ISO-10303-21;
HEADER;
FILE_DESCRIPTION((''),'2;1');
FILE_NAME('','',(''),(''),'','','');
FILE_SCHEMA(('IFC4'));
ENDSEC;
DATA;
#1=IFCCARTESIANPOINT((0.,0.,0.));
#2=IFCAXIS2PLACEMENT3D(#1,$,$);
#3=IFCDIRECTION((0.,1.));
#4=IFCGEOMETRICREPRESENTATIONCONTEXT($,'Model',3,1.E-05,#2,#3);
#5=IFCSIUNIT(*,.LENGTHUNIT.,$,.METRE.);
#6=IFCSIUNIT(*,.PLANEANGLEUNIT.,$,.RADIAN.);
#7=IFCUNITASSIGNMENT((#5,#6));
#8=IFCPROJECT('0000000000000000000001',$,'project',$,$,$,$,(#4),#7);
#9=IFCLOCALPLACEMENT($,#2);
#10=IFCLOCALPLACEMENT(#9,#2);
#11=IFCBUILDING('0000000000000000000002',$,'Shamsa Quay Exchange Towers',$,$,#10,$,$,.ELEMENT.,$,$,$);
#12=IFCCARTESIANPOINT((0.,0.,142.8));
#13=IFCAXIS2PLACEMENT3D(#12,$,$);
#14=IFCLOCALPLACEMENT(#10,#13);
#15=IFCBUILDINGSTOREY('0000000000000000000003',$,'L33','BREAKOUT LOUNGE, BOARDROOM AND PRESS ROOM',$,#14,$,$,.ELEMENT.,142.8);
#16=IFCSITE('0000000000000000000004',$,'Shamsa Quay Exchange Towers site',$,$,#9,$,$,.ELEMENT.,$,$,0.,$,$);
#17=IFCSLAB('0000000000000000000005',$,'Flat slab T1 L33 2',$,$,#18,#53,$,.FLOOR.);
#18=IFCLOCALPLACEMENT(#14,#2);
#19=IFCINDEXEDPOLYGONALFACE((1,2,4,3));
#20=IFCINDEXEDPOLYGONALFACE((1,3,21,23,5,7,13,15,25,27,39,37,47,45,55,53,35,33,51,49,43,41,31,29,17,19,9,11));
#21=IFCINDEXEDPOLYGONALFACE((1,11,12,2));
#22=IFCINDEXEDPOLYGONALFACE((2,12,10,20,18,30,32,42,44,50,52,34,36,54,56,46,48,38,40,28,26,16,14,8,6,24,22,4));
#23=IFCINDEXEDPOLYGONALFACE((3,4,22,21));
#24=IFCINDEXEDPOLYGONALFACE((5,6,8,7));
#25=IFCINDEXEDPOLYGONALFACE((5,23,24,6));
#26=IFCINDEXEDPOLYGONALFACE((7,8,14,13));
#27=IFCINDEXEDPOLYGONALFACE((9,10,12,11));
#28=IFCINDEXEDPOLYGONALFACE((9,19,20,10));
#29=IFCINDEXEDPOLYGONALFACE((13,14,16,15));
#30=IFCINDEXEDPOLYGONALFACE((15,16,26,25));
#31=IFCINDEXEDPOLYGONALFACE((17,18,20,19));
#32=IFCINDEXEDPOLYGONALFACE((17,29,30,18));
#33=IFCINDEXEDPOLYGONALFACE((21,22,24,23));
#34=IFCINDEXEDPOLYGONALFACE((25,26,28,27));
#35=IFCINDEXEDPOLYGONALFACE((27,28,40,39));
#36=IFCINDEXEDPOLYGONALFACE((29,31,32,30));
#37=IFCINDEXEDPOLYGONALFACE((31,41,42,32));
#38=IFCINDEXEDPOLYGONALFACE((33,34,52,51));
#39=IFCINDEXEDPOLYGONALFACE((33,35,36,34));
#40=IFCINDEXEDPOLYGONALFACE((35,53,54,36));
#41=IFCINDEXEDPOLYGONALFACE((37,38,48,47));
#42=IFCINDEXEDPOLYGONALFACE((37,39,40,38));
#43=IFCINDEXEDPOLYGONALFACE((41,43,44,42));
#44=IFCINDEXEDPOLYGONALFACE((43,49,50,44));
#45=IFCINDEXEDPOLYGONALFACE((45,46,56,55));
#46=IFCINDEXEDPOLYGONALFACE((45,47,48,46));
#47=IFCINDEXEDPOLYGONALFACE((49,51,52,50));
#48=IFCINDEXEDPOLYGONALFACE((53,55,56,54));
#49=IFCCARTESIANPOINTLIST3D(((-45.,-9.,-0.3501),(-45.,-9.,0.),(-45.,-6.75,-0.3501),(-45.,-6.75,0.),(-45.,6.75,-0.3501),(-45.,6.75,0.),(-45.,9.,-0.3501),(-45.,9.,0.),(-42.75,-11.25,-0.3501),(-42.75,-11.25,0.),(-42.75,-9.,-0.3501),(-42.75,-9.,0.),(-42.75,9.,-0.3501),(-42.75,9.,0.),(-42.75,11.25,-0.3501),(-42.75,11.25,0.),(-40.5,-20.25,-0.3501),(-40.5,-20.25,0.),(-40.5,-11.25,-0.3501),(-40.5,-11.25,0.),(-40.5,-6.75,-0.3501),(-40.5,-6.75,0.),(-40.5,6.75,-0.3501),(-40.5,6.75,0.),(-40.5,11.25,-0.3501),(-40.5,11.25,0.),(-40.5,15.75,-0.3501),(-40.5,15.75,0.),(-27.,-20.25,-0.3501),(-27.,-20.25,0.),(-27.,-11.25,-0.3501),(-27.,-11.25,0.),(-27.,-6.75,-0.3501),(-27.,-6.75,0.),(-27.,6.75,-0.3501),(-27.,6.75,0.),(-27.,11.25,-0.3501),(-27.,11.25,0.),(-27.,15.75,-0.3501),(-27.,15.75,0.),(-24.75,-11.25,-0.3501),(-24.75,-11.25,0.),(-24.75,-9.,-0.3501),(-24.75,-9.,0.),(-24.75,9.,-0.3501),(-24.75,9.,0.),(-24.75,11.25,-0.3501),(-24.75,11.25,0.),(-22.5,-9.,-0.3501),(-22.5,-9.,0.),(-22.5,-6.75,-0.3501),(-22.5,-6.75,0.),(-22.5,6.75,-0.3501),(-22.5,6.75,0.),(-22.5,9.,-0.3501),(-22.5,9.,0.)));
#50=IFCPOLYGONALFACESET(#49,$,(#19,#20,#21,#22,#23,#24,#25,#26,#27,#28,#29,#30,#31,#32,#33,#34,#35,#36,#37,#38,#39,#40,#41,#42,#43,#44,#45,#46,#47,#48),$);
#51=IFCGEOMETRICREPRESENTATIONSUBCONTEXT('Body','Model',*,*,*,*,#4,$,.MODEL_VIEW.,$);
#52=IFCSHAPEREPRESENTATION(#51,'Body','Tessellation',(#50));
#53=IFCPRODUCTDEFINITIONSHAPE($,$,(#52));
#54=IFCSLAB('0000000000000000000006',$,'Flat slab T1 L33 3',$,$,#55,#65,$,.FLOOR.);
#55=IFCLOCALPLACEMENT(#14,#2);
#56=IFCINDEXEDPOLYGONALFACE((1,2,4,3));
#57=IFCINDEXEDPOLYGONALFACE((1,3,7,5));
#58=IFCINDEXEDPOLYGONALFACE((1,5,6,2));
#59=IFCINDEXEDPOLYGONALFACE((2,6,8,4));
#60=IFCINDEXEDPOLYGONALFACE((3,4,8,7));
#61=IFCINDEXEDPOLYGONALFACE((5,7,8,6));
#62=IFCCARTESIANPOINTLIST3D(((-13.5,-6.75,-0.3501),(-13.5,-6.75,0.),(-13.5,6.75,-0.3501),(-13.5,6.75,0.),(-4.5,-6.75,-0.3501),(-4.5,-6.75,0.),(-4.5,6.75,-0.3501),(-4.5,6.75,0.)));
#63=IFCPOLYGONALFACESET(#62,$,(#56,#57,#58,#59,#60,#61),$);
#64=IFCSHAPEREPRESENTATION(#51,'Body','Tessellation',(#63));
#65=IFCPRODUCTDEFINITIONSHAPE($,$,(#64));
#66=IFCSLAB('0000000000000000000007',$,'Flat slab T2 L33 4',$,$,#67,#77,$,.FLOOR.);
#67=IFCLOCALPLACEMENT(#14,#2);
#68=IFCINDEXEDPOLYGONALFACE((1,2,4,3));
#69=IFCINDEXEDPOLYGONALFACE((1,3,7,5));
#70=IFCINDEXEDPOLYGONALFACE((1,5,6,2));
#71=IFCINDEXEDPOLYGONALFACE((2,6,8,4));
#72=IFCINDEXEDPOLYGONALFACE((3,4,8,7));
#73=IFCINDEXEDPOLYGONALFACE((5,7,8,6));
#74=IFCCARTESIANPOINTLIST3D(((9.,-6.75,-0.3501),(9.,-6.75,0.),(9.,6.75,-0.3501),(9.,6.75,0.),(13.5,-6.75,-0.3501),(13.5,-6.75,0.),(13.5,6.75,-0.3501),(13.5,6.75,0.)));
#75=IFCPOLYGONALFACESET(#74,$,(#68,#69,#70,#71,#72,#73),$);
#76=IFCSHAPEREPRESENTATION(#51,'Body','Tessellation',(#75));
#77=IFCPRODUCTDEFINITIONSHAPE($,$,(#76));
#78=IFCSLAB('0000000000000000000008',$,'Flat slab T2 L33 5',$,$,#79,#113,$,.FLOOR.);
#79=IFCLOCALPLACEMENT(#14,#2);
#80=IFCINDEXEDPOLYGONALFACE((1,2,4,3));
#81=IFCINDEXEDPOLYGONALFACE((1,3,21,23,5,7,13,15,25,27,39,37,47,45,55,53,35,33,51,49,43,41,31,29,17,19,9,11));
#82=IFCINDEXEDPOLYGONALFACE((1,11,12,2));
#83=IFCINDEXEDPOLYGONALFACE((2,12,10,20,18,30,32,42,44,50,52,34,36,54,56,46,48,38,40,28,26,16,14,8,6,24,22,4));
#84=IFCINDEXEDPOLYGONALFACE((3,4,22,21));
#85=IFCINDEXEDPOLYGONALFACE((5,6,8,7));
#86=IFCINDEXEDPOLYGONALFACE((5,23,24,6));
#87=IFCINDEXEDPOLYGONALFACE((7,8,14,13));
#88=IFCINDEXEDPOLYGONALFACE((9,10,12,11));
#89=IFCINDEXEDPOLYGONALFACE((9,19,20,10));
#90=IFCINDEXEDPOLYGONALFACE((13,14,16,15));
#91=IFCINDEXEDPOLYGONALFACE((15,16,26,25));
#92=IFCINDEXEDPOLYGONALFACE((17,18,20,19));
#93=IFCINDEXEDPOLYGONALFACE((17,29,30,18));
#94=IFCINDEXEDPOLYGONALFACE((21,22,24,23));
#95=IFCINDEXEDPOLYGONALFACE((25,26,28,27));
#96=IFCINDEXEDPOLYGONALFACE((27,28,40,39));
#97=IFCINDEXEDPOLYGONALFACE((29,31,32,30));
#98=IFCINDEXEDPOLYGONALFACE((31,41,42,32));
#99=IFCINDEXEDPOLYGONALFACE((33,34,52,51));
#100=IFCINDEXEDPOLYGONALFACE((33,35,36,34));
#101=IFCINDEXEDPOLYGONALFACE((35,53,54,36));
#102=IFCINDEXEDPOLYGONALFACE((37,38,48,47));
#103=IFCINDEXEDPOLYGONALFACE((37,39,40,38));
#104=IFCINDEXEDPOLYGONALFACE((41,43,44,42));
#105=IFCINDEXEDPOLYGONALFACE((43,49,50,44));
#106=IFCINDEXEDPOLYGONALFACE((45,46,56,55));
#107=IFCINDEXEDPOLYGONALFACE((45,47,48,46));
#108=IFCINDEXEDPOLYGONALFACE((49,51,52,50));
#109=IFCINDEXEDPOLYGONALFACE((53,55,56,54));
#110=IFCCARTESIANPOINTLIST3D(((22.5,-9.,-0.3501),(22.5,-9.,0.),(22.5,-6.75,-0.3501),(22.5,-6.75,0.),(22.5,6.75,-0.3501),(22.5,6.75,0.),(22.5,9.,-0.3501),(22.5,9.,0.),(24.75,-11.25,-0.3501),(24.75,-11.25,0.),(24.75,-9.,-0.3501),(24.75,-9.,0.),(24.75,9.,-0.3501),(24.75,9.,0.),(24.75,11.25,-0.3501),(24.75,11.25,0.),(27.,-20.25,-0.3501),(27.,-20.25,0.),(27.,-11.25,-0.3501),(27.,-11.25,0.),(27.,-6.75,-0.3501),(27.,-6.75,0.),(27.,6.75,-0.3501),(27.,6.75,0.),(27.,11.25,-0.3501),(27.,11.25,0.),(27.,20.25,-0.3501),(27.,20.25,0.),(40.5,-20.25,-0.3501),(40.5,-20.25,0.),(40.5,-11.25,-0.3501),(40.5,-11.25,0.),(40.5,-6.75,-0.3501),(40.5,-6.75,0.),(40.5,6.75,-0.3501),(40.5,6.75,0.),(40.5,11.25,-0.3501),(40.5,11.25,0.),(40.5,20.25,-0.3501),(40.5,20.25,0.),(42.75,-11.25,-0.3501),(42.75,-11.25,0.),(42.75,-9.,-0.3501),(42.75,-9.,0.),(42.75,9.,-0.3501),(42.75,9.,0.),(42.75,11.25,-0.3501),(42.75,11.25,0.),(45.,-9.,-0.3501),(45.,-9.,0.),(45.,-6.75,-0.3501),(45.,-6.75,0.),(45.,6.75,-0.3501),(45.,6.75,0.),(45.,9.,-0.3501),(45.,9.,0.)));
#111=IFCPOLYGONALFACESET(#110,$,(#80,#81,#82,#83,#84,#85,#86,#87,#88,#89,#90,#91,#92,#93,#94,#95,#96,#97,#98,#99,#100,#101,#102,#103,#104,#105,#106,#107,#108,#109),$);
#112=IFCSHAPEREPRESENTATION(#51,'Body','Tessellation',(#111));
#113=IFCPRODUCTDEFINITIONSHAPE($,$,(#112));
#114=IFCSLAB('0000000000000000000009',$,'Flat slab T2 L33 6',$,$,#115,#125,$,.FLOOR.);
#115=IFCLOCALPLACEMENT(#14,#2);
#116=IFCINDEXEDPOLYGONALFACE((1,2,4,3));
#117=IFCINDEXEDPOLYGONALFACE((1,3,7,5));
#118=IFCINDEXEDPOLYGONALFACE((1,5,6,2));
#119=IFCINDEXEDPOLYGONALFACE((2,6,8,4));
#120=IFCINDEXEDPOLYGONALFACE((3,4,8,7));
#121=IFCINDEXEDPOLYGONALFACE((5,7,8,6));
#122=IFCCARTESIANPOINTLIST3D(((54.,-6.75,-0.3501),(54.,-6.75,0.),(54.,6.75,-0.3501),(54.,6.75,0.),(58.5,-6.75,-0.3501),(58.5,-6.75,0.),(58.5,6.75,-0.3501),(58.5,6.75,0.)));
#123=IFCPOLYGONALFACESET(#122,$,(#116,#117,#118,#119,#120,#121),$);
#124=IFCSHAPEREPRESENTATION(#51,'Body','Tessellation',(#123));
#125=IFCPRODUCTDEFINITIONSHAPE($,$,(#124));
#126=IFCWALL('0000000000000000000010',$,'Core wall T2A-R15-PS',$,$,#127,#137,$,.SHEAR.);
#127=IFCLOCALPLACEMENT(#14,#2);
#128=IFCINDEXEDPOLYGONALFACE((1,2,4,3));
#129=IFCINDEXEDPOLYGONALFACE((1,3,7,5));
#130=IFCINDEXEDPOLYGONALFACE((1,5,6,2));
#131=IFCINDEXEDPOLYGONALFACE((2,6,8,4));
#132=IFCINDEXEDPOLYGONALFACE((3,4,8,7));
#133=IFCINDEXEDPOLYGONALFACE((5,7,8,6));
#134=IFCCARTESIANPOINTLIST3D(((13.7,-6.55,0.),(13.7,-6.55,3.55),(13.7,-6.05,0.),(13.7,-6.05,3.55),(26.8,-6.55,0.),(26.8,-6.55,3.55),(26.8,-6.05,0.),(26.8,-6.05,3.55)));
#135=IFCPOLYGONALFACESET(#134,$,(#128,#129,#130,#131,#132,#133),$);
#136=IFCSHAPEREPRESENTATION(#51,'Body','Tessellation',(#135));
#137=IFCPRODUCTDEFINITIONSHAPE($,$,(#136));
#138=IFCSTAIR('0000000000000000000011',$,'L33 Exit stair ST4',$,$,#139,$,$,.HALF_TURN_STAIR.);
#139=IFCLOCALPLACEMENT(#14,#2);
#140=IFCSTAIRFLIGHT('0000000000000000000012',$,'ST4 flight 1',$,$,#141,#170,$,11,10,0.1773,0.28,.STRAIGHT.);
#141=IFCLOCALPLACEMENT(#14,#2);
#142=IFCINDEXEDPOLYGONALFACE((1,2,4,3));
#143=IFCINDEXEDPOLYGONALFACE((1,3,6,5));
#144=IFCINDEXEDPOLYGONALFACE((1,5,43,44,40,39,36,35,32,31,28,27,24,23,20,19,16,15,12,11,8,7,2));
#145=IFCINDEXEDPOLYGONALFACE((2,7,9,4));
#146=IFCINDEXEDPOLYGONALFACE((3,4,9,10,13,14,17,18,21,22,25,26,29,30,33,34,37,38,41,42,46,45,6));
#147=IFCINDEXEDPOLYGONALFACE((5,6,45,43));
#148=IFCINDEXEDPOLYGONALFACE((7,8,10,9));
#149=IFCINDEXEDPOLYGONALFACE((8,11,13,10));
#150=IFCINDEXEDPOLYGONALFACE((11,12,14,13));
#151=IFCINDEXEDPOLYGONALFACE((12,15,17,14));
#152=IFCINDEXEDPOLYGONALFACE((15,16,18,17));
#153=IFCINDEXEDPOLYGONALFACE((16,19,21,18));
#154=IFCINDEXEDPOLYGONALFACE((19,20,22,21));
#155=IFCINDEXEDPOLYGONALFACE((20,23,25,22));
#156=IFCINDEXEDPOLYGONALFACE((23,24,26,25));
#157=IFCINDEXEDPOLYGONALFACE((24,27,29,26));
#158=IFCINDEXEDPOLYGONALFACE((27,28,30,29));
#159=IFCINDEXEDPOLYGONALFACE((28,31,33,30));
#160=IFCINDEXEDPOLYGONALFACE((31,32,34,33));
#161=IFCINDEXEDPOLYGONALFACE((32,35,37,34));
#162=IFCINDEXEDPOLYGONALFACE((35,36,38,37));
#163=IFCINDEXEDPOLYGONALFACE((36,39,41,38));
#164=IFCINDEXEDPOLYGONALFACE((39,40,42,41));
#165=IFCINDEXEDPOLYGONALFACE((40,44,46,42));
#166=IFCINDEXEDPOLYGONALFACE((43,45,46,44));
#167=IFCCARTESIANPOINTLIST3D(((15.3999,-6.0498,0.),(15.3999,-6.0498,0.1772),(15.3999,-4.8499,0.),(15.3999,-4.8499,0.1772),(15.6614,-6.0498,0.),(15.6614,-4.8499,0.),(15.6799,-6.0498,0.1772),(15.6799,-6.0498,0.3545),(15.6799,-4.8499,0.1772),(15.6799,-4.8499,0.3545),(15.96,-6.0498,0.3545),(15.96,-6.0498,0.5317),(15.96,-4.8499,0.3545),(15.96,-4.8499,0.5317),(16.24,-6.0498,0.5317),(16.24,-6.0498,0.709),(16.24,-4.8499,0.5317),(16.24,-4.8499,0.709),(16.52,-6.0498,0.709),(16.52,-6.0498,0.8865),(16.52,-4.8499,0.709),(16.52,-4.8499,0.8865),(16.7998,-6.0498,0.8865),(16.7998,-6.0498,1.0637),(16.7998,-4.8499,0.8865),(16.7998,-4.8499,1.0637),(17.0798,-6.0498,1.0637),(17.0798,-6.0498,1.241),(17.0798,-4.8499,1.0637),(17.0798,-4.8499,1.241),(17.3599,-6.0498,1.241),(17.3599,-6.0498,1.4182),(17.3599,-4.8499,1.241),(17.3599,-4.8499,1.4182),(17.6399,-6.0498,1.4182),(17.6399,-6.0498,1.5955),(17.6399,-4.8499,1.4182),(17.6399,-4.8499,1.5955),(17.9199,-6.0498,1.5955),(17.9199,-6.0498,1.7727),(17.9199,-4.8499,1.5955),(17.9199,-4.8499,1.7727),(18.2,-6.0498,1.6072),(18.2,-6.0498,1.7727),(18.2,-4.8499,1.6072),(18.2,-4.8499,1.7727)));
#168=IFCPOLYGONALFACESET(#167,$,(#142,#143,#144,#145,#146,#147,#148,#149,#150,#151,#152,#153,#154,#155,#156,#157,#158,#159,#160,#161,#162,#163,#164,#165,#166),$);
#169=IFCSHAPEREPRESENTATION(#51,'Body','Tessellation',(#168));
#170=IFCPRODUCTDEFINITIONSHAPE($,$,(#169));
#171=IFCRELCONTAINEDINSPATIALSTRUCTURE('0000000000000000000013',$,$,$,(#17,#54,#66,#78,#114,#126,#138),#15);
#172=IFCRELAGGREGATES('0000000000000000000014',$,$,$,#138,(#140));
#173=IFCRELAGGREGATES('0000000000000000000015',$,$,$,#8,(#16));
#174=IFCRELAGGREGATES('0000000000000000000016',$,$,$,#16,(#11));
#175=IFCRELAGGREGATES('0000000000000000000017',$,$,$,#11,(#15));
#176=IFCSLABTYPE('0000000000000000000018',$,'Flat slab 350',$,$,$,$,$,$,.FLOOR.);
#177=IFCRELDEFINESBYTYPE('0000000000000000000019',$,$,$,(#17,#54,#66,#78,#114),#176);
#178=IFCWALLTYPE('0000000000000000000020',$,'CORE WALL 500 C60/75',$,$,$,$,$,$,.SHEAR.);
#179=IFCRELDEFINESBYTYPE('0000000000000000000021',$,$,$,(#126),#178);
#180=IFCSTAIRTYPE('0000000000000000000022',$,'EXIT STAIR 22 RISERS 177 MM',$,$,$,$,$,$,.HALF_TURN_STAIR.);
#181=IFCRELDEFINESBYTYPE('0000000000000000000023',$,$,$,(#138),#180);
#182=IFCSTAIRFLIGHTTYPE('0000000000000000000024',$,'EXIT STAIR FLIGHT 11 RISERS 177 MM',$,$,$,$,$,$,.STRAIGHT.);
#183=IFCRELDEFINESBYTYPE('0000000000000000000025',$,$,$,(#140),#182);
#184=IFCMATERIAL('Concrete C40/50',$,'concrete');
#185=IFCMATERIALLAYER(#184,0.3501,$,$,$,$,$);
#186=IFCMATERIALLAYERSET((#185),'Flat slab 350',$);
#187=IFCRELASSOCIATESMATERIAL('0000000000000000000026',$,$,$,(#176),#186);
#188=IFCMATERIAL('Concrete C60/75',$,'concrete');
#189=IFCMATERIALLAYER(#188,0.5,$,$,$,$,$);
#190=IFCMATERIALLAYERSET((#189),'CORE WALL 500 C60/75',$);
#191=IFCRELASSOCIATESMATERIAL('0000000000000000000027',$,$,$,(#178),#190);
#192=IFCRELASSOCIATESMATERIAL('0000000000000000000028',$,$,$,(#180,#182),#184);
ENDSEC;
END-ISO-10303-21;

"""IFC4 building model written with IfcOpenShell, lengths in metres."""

from ifc_helpers import new_model, si_unit, direction, frame, frame_2d, origin, place, context, subcontext, project, spatial, polyline, rectangle, outline, extrude, material, layer, layer_set, type_object, element, aggregate, save


model = new_model("IFC4")

# Units and contexts
model_context = context("Model", 3, precision=1e-05, world=origin(), true_north=direction((0.0, 1.0)))
body_context = subcontext(model_context, "Body", "Model", "MODEL_VIEW")
ifc_project = project(units=[si_unit("LENGTHUNIT", "METRE"), si_unit("PLANEANGLEUNIT", "RADIAN")], contexts=[model_context])

# Site, building, storey
site_placement = place(None, origin())
site = spatial("IfcSite", under=ifc_project, at=site_placement, Name="Shamsa Quay Exchange Towers site", CompositionType="ELEMENT", RefElevation=0.0)
building_placement = place(site_placement, origin())
building = spatial("IfcBuilding", under=site, at=building_placement, Name="Shamsa Quay Exchange Towers", CompositionType="ELEMENT")
storey_placement = place(building_placement, frame((0.0, 0.0, 142.8)))
storey = spatial("IfcBuildingStorey", under=building, at=storey_placement, Name="L33", Description="BREAKOUT LOUNGE, BOARDROOM AND PRESS ROOM", CompositionType="ELEMENT", Elevation=142.8)

# Slabs
ifc_material_1 = material(Name="Concrete C40/50", Category="concrete")
ifc_layer_1 = layer(ifc_material_1, 0.3501)
ifc_layer_set_1 = layer_set([ifc_layer_1], Name="Flat slab 350")
slab_type_1 = type_object("IfcSlabType", Name="Flat slab 350", PredefinedType="FLOOR", material=ifc_layer_set_1)
slab_1_placement = place(storey_placement, frame((0.0, 0.0, -0.3501)))
element("IfcSlab", 1, at=slab_1_placement, inside=storey, type_object=slab_type_1, Name="Flat slab T1 L33 2", PredefinedType="FLOOR", context=body_context, shape_type="SweptSolid", body=[
    extrude(outline(polyline([(-22.5, -9.0), (-22.5, -6.75), (-27.0, -6.75), (-27.0, 6.75), (-22.5, 6.75), (-22.5, 9.0), (-24.75, 9.0), (-24.75, 11.25), (-27.0, 11.25), (-27.0, 15.75), (-40.5, 15.75), (-40.5, 11.25), (-42.75, 11.25), (-42.75, 9.0), (-45.0, 9.0), (-45.0, 6.75), (-40.5, 6.75), (-40.5, -6.75), (-45.0, -6.75), (-45.0, -9.0), (-42.75, -9.0), (-42.75, -11.25), (-40.5, -11.25), (-40.5, -20.25), (-27.0, -20.25), (-27.0, -11.25), (-24.75, -11.25), (-24.75, -9.0), (-22.5, -9.0)])), origin(), (0.0, 0.0, 1.0), 0.3501),
])
slab_2_placement = place(storey_placement, frame((0.0, 0.0, -0.3501)))
element("IfcSlab", 2, at=slab_2_placement, inside=storey, type_object=slab_type_1, Name="Flat slab T1 L33 3", PredefinedType="FLOOR", context=body_context, shape_type="SweptSolid", body=[
    extrude(outline(polyline([(-4.5, 6.75), (-13.5, 6.75), (-13.5, -6.75), (-4.5, -6.75), (-4.5, 6.75)])), origin(), (0.0, 0.0, 1.0), 0.3501),
])
slab_3_placement = place(storey_placement, frame((0.0, 0.0, -0.3501)))
element("IfcSlab", 3, at=slab_3_placement, inside=storey, type_object=slab_type_1, Name="Flat slab T2 L33 4", PredefinedType="FLOOR", context=body_context, shape_type="SweptSolid", body=[
    extrude(outline(polyline([(9.0, -6.75), (13.5, -6.75), (13.5, 6.75), (9.0, 6.75), (9.0, -6.75)])), origin(), (0.0, 0.0, 1.0), 0.3501),
])
slab_4_placement = place(storey_placement, frame((0.0, 0.0, -0.3501)))
element("IfcSlab", 4, at=slab_4_placement, inside=storey, type_object=slab_type_1, Name="Flat slab T2 L33 5", PredefinedType="FLOOR", context=body_context, shape_type="SweptSolid", body=[
    extrude(outline(polyline([(45.0, -9.0), (45.0, -6.75), (40.5, -6.75), (40.5, 6.75), (45.0, 6.75), (45.0, 9.0), (42.75, 9.0), (42.75, 11.25), (40.5, 11.25), (40.5, 20.25), (27.0, 20.25), (27.0, 11.25), (24.75, 11.25), (24.75, 9.0), (22.5, 9.0), (22.5, 6.75), (27.0, 6.75), (27.0, -6.75), (22.5, -6.75), (22.5, -9.0), (24.75, -9.0), (24.75, -11.25), (27.0, -11.25), (27.0, -20.25), (40.5, -20.25), (40.5, -11.25), (42.75, -11.25), (42.75, -9.0), (45.0, -9.0)])), origin(), (0.0, 0.0, 1.0), 0.3501),
])
slab_5_placement = place(storey_placement, frame((0.0, 0.0, -0.3501)))
element("IfcSlab", 5, at=slab_5_placement, inside=storey, type_object=slab_type_1, Name="Flat slab T2 L33 6", PredefinedType="FLOOR", context=body_context, shape_type="SweptSolid", body=[
    extrude(outline(polyline([(58.5, 6.75), (54.0, 6.75), (54.0, -6.75), (58.5, -6.75), (58.5, 6.75)])), origin(), (0.0, 0.0, 1.0), 0.3501),
])

# Wall
ifc_material_2 = material(Name="Concrete C60/75", Category="concrete")
ifc_layer_2 = layer(ifc_material_2, 0.5)
ifc_layer_set_2 = layer_set([ifc_layer_2], Name="CORE WALL 500 C60/75")
wall_type = type_object("IfcWallType", Name="CORE WALL 500 C60/75", PredefinedType="SHEAR", material=ifc_layer_set_2)
wall_placement = place(storey_placement, frame((13.7, -6.3, 0.0)))
element("IfcWall", 6, at=wall_placement, inside=storey, type_object=wall_type, Name="Core wall T2A-R15-PS", PredefinedType="SHEAR", context=body_context, shape_type="SweptSolid", body=[
    extrude(rectangle(XDim=13.1001, YDim=0.5, at=frame_2d((6.55, 0.0))), origin(), (0.0, 0.0, 1.0), 3.55),
])

# Stair, stair flight
stair_type = type_object("IfcStairType", Name="EXIT STAIR 22 RISERS 177 MM", PredefinedType="HALF_TURN_STAIR", material=ifc_material_1)
stair_placement = place(storey_placement, origin())
stair = element("IfcStair", 7, at=stair_placement, inside=storey, type_object=stair_type, Name="L33 Exit stair ST4", PredefinedType="HALF_TURN_STAIR")
stair_flight_type = type_object("IfcStairFlightType", Name="EXIT STAIR FLIGHT 11 RISERS 177 MM", PredefinedType="STRAIGHT", material=ifc_material_1)
stair_flight_placement = place(storey_placement, frame((15.3999, -5.45, 0.0)))
stair_flight = element("IfcStairFlight", 8, at=stair_flight_placement, type_object=stair_flight_type, Name="ST4 flight 1", NumberOfRisers=11, NumberOfTreads=10, PredefinedType="STRAIGHT", RiserHeight=0.1773, TreadLength=0.28, context=body_context, shape_type="SweptSolid", body=[
    extrude(outline(polyline([(0.0, 0.0), (0.0, 0.1772), (0.28, 0.1772), (0.28, 0.3545), (0.5601, 0.3545), (0.5601, 0.5317), (0.8401, 0.5317), (0.8401, 0.709), (1.1201, 0.709), (1.1201, 0.8865), (1.3999, 0.8865), (1.3999, 1.0637), (1.6799, 1.0637), (1.6799, 1.241), (1.96, 1.241), (1.96, 1.4182), (2.24, 1.4182), (2.24, 1.5955), (2.52, 1.5955), (2.52, 1.7727), (2.8, 1.7727), (2.8, 1.95), (2.8, 1.6072), (0.2615, 0.0), (0.0, 0.0)])), frame((0.0, 0.6001, 0.0), z_axis=(0.0, -1.0, 0.0), x_axis=(1.0, 0.0, 0.0)), (0.0, 0.0, 1.0), 1.2),
])
aggregate(stair, [stair_flight])

save(model, "model.ifc")
